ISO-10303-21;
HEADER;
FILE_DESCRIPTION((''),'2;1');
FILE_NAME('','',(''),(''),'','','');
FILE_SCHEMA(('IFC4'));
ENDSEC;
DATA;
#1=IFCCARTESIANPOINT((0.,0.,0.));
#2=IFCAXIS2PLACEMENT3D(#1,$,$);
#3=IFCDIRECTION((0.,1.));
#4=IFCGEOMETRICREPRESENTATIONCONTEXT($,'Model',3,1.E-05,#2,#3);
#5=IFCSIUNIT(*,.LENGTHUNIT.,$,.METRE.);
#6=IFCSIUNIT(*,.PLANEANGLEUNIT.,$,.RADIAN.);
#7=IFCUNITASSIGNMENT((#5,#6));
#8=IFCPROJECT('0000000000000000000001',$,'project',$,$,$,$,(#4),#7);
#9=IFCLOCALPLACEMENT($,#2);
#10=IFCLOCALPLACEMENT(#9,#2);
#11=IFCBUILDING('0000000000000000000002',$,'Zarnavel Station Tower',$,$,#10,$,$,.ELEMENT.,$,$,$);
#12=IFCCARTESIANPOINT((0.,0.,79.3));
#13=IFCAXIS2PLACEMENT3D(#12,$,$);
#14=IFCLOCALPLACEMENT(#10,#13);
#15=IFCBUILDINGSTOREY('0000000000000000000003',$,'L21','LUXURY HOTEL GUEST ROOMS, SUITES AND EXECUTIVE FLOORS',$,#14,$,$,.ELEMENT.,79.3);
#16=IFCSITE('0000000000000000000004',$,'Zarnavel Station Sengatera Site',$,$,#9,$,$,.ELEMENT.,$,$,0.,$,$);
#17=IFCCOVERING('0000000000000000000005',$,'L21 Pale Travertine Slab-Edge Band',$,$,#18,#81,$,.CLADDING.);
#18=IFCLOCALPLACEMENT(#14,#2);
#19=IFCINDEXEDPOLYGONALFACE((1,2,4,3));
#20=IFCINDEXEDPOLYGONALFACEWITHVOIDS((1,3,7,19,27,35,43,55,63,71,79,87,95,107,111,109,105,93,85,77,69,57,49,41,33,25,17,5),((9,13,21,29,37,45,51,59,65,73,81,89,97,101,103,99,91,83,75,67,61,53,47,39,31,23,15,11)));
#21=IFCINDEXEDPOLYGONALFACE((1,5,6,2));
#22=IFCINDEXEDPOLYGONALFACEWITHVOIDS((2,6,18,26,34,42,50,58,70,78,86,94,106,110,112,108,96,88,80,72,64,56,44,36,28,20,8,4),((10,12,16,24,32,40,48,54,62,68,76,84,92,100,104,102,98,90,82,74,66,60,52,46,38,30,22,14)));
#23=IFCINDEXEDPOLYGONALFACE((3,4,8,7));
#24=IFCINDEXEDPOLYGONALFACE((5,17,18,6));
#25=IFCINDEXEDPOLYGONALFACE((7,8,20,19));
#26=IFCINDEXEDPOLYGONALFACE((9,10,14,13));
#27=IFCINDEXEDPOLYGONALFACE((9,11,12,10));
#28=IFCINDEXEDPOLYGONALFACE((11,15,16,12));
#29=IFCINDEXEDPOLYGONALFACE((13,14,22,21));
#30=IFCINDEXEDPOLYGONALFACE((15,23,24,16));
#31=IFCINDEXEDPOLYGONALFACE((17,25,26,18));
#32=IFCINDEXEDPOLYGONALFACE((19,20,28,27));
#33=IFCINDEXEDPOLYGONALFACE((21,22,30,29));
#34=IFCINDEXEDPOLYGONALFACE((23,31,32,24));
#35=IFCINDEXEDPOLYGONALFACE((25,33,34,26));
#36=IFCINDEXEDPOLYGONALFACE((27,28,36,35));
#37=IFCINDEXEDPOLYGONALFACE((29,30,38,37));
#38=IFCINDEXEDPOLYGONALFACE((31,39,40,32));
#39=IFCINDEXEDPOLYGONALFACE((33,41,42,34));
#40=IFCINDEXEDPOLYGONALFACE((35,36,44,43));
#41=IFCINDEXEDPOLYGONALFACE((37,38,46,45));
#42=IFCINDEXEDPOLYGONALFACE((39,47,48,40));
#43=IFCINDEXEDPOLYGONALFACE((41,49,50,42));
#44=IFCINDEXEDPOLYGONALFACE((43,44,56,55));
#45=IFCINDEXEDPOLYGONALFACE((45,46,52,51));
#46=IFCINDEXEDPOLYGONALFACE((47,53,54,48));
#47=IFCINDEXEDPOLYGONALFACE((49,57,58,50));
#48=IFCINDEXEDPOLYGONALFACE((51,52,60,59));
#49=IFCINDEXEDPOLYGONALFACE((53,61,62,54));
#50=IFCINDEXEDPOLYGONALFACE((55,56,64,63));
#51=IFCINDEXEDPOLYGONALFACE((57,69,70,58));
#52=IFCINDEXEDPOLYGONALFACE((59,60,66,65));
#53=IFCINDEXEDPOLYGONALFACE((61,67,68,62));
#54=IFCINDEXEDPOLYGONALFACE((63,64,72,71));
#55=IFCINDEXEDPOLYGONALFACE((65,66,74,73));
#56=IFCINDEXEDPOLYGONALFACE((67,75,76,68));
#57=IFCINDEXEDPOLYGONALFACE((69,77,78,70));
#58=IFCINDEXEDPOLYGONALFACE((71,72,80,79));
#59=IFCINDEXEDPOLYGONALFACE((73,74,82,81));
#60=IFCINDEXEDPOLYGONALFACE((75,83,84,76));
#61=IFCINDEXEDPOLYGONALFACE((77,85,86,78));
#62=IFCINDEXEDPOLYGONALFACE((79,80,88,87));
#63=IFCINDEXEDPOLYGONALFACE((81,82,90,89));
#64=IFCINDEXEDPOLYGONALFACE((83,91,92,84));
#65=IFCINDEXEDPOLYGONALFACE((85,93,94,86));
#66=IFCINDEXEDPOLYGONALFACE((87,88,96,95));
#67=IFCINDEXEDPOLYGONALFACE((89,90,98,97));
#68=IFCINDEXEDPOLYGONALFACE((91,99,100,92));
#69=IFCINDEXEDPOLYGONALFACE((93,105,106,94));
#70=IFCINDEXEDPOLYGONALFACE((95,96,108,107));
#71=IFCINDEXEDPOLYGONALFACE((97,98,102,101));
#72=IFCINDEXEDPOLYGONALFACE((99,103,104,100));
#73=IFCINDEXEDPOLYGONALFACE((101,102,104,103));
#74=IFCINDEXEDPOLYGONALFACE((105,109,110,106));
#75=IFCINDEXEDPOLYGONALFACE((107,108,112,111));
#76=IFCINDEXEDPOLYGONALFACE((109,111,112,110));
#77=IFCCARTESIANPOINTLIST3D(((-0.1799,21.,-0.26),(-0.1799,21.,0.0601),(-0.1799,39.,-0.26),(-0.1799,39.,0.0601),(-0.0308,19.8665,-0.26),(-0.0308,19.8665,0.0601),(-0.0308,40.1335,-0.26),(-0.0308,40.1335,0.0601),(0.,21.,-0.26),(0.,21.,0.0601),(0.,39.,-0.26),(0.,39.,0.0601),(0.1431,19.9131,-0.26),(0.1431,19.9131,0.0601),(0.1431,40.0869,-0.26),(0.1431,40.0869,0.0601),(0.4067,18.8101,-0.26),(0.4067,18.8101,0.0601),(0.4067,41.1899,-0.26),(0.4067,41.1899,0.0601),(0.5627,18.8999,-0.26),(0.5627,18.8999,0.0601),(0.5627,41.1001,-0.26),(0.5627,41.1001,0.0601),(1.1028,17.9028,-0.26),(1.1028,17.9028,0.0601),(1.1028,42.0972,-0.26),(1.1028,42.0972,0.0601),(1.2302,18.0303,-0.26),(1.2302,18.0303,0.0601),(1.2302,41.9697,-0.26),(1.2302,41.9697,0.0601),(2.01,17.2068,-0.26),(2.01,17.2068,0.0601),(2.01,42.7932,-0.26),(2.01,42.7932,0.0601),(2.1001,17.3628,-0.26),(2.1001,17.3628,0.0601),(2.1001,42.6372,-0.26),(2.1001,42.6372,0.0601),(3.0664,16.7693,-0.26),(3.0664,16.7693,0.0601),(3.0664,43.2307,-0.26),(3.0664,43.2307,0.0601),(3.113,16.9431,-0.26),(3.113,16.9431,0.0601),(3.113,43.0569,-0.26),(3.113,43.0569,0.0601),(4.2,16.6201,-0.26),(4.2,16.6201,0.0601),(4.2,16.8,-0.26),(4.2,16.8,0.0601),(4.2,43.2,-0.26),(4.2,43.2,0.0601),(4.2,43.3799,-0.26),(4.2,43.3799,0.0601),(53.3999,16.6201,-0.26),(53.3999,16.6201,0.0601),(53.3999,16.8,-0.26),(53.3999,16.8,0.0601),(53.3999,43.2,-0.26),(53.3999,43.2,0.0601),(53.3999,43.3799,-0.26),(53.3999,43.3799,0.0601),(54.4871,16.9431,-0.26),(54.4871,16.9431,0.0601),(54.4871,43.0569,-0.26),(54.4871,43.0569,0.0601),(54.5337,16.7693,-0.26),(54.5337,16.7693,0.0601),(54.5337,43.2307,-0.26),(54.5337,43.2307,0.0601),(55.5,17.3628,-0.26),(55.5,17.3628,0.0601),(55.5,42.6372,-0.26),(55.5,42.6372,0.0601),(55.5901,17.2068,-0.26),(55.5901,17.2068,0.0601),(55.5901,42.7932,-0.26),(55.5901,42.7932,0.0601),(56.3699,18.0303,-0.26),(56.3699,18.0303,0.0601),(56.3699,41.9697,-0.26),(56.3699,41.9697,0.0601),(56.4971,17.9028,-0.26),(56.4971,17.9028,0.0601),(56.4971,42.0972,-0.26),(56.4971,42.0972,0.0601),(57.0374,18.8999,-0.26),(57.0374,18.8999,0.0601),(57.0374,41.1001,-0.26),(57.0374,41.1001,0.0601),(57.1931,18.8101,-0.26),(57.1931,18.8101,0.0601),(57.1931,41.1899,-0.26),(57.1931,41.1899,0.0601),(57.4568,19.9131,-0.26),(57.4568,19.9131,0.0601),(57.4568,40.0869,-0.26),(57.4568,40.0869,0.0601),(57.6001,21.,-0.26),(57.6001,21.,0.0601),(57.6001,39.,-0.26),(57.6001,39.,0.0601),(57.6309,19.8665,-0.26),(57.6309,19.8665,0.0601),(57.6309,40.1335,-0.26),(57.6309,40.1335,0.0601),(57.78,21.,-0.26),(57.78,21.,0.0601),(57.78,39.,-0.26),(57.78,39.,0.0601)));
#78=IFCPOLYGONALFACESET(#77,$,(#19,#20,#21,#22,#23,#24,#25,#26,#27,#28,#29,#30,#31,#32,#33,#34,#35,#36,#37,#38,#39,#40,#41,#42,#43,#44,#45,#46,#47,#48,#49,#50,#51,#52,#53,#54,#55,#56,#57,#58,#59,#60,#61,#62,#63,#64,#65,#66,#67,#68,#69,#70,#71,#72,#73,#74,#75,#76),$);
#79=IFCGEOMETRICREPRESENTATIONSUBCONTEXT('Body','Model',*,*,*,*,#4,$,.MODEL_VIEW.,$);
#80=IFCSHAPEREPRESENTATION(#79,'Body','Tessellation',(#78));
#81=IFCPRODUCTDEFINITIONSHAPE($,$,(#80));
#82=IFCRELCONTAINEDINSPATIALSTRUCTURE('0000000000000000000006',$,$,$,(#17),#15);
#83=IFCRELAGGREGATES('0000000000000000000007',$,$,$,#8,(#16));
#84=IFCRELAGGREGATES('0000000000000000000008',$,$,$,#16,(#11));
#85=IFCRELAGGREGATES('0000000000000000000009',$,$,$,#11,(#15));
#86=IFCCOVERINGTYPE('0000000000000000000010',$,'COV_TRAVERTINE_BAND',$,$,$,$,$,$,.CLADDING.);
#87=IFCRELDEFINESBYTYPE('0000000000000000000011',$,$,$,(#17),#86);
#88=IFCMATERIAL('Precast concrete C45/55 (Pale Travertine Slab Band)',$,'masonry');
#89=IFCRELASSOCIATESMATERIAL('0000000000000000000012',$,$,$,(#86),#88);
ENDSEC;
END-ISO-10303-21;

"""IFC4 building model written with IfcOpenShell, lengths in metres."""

from ifc_helpers import new_model, si_unit, direction, frame, origin, place, context, subcontext, project, spatial, polyline, outline, extrude, material, type_object, element, save


model = new_model("IFC4")

# Units and contexts
model_context = context("Model", 3, precision=1e-05, world=origin(), true_north=direction((0.0, 1.0)))
body_context = subcontext(model_context, "Body", "Model", "MODEL_VIEW")
ifc_project = project(units=[si_unit("LENGTHUNIT", "METRE"), si_unit("PLANEANGLEUNIT", "RADIAN")], contexts=[model_context])

# Site, building, storey
site_placement = place(None, origin())
site = spatial("IfcSite", under=ifc_project, at=site_placement, Name="Zarnavel Station Sengatera Site", CompositionType="ELEMENT", RefElevation=0.0)
building_placement = place(site_placement, origin())
building = spatial("IfcBuilding", under=site, at=building_placement, Name="Zarnavel Station Tower", CompositionType="ELEMENT")
storey_placement = place(building_placement, frame((0.0, 0.0, 79.3)))
storey = spatial("IfcBuildingStorey", under=building, at=storey_placement, Name="L21", Description="LUXURY HOTEL GUEST ROOMS, SUITES AND EXECUTIVE FLOORS", CompositionType="ELEMENT", Elevation=79.3)

# Covering
ifc_material_1 = material(Name="Precast concrete C45/55 (Pale Travertine Slab Band)", Category="masonry")
covering_type_1 = type_object("IfcCoveringType", Name="COV_TRAVERTINE_BAND", PredefinedType="CLADDING", material=ifc_material_1)
covering_1_placement = place(storey_placement, frame((0.0, 0.0, -0.26)))
element("IfcCovering", 1, at=covering_1_placement, inside=storey, type_object=covering_type_1, Name="L21 Pale Travertine Slab-Edge Band", PredefinedType="CLADDING", context=body_context, shape_type="SweptSolid", body=[
    extrude(outline(polyline([(53.3999, 16.6201), (54.5337, 16.7693), (55.5901, 17.2068), (56.4971, 17.9028), (57.1931, 18.8101), (57.6309, 19.8665), (57.78, 21.0), (57.78, 39.0), (57.6309, 40.1335), (57.1931, 41.1899), (56.4971, 42.0972), (55.5901, 42.7932), (54.5337, 43.2307), (53.3999, 43.3799), (4.2, 43.3799), (3.0664, 43.2307), (2.01, 42.7932), (1.1028, 42.0972), (0.4067, 41.1899), (-0.0308, 40.1335), (-0.1799, 39.0), (-0.1799, 21.0), (-0.0308, 19.8665), (0.4067, 18.8101), (1.1028, 17.9028), (2.01, 17.2068), (3.0664, 16.7693), (4.2, 16.6201), (53.3999, 16.6201)]), holes=[polyline([(53.3999, 16.8), (54.4871, 16.9431), (55.5, 17.3628), (56.3699, 18.0303), (57.0374, 18.8999), (57.4568, 19.9131), (57.6001, 21.0), (57.6001, 39.0), (57.4568, 40.0869), (57.0374, 41.1001), (56.3699, 41.9697), (55.5, 42.6372), (54.4871, 43.0569), (53.3999, 43.2), (4.2, 43.2), (3.113, 43.0569), (2.1001, 42.6372), (1.2302, 41.9697), (0.5627, 41.1001), (0.1431, 40.0869), (0.0, 39.0), (0.0, 21.0), (0.1431, 19.9131), (0.5627, 18.8999), (1.2302, 18.0303), (2.1001, 17.3628), (3.113, 16.9431), (4.2, 16.8), (53.3999, 16.8)])]), origin(), (0.0, 0.0, 1.0), 0.3201),
])

save(model, "model.ifc")
